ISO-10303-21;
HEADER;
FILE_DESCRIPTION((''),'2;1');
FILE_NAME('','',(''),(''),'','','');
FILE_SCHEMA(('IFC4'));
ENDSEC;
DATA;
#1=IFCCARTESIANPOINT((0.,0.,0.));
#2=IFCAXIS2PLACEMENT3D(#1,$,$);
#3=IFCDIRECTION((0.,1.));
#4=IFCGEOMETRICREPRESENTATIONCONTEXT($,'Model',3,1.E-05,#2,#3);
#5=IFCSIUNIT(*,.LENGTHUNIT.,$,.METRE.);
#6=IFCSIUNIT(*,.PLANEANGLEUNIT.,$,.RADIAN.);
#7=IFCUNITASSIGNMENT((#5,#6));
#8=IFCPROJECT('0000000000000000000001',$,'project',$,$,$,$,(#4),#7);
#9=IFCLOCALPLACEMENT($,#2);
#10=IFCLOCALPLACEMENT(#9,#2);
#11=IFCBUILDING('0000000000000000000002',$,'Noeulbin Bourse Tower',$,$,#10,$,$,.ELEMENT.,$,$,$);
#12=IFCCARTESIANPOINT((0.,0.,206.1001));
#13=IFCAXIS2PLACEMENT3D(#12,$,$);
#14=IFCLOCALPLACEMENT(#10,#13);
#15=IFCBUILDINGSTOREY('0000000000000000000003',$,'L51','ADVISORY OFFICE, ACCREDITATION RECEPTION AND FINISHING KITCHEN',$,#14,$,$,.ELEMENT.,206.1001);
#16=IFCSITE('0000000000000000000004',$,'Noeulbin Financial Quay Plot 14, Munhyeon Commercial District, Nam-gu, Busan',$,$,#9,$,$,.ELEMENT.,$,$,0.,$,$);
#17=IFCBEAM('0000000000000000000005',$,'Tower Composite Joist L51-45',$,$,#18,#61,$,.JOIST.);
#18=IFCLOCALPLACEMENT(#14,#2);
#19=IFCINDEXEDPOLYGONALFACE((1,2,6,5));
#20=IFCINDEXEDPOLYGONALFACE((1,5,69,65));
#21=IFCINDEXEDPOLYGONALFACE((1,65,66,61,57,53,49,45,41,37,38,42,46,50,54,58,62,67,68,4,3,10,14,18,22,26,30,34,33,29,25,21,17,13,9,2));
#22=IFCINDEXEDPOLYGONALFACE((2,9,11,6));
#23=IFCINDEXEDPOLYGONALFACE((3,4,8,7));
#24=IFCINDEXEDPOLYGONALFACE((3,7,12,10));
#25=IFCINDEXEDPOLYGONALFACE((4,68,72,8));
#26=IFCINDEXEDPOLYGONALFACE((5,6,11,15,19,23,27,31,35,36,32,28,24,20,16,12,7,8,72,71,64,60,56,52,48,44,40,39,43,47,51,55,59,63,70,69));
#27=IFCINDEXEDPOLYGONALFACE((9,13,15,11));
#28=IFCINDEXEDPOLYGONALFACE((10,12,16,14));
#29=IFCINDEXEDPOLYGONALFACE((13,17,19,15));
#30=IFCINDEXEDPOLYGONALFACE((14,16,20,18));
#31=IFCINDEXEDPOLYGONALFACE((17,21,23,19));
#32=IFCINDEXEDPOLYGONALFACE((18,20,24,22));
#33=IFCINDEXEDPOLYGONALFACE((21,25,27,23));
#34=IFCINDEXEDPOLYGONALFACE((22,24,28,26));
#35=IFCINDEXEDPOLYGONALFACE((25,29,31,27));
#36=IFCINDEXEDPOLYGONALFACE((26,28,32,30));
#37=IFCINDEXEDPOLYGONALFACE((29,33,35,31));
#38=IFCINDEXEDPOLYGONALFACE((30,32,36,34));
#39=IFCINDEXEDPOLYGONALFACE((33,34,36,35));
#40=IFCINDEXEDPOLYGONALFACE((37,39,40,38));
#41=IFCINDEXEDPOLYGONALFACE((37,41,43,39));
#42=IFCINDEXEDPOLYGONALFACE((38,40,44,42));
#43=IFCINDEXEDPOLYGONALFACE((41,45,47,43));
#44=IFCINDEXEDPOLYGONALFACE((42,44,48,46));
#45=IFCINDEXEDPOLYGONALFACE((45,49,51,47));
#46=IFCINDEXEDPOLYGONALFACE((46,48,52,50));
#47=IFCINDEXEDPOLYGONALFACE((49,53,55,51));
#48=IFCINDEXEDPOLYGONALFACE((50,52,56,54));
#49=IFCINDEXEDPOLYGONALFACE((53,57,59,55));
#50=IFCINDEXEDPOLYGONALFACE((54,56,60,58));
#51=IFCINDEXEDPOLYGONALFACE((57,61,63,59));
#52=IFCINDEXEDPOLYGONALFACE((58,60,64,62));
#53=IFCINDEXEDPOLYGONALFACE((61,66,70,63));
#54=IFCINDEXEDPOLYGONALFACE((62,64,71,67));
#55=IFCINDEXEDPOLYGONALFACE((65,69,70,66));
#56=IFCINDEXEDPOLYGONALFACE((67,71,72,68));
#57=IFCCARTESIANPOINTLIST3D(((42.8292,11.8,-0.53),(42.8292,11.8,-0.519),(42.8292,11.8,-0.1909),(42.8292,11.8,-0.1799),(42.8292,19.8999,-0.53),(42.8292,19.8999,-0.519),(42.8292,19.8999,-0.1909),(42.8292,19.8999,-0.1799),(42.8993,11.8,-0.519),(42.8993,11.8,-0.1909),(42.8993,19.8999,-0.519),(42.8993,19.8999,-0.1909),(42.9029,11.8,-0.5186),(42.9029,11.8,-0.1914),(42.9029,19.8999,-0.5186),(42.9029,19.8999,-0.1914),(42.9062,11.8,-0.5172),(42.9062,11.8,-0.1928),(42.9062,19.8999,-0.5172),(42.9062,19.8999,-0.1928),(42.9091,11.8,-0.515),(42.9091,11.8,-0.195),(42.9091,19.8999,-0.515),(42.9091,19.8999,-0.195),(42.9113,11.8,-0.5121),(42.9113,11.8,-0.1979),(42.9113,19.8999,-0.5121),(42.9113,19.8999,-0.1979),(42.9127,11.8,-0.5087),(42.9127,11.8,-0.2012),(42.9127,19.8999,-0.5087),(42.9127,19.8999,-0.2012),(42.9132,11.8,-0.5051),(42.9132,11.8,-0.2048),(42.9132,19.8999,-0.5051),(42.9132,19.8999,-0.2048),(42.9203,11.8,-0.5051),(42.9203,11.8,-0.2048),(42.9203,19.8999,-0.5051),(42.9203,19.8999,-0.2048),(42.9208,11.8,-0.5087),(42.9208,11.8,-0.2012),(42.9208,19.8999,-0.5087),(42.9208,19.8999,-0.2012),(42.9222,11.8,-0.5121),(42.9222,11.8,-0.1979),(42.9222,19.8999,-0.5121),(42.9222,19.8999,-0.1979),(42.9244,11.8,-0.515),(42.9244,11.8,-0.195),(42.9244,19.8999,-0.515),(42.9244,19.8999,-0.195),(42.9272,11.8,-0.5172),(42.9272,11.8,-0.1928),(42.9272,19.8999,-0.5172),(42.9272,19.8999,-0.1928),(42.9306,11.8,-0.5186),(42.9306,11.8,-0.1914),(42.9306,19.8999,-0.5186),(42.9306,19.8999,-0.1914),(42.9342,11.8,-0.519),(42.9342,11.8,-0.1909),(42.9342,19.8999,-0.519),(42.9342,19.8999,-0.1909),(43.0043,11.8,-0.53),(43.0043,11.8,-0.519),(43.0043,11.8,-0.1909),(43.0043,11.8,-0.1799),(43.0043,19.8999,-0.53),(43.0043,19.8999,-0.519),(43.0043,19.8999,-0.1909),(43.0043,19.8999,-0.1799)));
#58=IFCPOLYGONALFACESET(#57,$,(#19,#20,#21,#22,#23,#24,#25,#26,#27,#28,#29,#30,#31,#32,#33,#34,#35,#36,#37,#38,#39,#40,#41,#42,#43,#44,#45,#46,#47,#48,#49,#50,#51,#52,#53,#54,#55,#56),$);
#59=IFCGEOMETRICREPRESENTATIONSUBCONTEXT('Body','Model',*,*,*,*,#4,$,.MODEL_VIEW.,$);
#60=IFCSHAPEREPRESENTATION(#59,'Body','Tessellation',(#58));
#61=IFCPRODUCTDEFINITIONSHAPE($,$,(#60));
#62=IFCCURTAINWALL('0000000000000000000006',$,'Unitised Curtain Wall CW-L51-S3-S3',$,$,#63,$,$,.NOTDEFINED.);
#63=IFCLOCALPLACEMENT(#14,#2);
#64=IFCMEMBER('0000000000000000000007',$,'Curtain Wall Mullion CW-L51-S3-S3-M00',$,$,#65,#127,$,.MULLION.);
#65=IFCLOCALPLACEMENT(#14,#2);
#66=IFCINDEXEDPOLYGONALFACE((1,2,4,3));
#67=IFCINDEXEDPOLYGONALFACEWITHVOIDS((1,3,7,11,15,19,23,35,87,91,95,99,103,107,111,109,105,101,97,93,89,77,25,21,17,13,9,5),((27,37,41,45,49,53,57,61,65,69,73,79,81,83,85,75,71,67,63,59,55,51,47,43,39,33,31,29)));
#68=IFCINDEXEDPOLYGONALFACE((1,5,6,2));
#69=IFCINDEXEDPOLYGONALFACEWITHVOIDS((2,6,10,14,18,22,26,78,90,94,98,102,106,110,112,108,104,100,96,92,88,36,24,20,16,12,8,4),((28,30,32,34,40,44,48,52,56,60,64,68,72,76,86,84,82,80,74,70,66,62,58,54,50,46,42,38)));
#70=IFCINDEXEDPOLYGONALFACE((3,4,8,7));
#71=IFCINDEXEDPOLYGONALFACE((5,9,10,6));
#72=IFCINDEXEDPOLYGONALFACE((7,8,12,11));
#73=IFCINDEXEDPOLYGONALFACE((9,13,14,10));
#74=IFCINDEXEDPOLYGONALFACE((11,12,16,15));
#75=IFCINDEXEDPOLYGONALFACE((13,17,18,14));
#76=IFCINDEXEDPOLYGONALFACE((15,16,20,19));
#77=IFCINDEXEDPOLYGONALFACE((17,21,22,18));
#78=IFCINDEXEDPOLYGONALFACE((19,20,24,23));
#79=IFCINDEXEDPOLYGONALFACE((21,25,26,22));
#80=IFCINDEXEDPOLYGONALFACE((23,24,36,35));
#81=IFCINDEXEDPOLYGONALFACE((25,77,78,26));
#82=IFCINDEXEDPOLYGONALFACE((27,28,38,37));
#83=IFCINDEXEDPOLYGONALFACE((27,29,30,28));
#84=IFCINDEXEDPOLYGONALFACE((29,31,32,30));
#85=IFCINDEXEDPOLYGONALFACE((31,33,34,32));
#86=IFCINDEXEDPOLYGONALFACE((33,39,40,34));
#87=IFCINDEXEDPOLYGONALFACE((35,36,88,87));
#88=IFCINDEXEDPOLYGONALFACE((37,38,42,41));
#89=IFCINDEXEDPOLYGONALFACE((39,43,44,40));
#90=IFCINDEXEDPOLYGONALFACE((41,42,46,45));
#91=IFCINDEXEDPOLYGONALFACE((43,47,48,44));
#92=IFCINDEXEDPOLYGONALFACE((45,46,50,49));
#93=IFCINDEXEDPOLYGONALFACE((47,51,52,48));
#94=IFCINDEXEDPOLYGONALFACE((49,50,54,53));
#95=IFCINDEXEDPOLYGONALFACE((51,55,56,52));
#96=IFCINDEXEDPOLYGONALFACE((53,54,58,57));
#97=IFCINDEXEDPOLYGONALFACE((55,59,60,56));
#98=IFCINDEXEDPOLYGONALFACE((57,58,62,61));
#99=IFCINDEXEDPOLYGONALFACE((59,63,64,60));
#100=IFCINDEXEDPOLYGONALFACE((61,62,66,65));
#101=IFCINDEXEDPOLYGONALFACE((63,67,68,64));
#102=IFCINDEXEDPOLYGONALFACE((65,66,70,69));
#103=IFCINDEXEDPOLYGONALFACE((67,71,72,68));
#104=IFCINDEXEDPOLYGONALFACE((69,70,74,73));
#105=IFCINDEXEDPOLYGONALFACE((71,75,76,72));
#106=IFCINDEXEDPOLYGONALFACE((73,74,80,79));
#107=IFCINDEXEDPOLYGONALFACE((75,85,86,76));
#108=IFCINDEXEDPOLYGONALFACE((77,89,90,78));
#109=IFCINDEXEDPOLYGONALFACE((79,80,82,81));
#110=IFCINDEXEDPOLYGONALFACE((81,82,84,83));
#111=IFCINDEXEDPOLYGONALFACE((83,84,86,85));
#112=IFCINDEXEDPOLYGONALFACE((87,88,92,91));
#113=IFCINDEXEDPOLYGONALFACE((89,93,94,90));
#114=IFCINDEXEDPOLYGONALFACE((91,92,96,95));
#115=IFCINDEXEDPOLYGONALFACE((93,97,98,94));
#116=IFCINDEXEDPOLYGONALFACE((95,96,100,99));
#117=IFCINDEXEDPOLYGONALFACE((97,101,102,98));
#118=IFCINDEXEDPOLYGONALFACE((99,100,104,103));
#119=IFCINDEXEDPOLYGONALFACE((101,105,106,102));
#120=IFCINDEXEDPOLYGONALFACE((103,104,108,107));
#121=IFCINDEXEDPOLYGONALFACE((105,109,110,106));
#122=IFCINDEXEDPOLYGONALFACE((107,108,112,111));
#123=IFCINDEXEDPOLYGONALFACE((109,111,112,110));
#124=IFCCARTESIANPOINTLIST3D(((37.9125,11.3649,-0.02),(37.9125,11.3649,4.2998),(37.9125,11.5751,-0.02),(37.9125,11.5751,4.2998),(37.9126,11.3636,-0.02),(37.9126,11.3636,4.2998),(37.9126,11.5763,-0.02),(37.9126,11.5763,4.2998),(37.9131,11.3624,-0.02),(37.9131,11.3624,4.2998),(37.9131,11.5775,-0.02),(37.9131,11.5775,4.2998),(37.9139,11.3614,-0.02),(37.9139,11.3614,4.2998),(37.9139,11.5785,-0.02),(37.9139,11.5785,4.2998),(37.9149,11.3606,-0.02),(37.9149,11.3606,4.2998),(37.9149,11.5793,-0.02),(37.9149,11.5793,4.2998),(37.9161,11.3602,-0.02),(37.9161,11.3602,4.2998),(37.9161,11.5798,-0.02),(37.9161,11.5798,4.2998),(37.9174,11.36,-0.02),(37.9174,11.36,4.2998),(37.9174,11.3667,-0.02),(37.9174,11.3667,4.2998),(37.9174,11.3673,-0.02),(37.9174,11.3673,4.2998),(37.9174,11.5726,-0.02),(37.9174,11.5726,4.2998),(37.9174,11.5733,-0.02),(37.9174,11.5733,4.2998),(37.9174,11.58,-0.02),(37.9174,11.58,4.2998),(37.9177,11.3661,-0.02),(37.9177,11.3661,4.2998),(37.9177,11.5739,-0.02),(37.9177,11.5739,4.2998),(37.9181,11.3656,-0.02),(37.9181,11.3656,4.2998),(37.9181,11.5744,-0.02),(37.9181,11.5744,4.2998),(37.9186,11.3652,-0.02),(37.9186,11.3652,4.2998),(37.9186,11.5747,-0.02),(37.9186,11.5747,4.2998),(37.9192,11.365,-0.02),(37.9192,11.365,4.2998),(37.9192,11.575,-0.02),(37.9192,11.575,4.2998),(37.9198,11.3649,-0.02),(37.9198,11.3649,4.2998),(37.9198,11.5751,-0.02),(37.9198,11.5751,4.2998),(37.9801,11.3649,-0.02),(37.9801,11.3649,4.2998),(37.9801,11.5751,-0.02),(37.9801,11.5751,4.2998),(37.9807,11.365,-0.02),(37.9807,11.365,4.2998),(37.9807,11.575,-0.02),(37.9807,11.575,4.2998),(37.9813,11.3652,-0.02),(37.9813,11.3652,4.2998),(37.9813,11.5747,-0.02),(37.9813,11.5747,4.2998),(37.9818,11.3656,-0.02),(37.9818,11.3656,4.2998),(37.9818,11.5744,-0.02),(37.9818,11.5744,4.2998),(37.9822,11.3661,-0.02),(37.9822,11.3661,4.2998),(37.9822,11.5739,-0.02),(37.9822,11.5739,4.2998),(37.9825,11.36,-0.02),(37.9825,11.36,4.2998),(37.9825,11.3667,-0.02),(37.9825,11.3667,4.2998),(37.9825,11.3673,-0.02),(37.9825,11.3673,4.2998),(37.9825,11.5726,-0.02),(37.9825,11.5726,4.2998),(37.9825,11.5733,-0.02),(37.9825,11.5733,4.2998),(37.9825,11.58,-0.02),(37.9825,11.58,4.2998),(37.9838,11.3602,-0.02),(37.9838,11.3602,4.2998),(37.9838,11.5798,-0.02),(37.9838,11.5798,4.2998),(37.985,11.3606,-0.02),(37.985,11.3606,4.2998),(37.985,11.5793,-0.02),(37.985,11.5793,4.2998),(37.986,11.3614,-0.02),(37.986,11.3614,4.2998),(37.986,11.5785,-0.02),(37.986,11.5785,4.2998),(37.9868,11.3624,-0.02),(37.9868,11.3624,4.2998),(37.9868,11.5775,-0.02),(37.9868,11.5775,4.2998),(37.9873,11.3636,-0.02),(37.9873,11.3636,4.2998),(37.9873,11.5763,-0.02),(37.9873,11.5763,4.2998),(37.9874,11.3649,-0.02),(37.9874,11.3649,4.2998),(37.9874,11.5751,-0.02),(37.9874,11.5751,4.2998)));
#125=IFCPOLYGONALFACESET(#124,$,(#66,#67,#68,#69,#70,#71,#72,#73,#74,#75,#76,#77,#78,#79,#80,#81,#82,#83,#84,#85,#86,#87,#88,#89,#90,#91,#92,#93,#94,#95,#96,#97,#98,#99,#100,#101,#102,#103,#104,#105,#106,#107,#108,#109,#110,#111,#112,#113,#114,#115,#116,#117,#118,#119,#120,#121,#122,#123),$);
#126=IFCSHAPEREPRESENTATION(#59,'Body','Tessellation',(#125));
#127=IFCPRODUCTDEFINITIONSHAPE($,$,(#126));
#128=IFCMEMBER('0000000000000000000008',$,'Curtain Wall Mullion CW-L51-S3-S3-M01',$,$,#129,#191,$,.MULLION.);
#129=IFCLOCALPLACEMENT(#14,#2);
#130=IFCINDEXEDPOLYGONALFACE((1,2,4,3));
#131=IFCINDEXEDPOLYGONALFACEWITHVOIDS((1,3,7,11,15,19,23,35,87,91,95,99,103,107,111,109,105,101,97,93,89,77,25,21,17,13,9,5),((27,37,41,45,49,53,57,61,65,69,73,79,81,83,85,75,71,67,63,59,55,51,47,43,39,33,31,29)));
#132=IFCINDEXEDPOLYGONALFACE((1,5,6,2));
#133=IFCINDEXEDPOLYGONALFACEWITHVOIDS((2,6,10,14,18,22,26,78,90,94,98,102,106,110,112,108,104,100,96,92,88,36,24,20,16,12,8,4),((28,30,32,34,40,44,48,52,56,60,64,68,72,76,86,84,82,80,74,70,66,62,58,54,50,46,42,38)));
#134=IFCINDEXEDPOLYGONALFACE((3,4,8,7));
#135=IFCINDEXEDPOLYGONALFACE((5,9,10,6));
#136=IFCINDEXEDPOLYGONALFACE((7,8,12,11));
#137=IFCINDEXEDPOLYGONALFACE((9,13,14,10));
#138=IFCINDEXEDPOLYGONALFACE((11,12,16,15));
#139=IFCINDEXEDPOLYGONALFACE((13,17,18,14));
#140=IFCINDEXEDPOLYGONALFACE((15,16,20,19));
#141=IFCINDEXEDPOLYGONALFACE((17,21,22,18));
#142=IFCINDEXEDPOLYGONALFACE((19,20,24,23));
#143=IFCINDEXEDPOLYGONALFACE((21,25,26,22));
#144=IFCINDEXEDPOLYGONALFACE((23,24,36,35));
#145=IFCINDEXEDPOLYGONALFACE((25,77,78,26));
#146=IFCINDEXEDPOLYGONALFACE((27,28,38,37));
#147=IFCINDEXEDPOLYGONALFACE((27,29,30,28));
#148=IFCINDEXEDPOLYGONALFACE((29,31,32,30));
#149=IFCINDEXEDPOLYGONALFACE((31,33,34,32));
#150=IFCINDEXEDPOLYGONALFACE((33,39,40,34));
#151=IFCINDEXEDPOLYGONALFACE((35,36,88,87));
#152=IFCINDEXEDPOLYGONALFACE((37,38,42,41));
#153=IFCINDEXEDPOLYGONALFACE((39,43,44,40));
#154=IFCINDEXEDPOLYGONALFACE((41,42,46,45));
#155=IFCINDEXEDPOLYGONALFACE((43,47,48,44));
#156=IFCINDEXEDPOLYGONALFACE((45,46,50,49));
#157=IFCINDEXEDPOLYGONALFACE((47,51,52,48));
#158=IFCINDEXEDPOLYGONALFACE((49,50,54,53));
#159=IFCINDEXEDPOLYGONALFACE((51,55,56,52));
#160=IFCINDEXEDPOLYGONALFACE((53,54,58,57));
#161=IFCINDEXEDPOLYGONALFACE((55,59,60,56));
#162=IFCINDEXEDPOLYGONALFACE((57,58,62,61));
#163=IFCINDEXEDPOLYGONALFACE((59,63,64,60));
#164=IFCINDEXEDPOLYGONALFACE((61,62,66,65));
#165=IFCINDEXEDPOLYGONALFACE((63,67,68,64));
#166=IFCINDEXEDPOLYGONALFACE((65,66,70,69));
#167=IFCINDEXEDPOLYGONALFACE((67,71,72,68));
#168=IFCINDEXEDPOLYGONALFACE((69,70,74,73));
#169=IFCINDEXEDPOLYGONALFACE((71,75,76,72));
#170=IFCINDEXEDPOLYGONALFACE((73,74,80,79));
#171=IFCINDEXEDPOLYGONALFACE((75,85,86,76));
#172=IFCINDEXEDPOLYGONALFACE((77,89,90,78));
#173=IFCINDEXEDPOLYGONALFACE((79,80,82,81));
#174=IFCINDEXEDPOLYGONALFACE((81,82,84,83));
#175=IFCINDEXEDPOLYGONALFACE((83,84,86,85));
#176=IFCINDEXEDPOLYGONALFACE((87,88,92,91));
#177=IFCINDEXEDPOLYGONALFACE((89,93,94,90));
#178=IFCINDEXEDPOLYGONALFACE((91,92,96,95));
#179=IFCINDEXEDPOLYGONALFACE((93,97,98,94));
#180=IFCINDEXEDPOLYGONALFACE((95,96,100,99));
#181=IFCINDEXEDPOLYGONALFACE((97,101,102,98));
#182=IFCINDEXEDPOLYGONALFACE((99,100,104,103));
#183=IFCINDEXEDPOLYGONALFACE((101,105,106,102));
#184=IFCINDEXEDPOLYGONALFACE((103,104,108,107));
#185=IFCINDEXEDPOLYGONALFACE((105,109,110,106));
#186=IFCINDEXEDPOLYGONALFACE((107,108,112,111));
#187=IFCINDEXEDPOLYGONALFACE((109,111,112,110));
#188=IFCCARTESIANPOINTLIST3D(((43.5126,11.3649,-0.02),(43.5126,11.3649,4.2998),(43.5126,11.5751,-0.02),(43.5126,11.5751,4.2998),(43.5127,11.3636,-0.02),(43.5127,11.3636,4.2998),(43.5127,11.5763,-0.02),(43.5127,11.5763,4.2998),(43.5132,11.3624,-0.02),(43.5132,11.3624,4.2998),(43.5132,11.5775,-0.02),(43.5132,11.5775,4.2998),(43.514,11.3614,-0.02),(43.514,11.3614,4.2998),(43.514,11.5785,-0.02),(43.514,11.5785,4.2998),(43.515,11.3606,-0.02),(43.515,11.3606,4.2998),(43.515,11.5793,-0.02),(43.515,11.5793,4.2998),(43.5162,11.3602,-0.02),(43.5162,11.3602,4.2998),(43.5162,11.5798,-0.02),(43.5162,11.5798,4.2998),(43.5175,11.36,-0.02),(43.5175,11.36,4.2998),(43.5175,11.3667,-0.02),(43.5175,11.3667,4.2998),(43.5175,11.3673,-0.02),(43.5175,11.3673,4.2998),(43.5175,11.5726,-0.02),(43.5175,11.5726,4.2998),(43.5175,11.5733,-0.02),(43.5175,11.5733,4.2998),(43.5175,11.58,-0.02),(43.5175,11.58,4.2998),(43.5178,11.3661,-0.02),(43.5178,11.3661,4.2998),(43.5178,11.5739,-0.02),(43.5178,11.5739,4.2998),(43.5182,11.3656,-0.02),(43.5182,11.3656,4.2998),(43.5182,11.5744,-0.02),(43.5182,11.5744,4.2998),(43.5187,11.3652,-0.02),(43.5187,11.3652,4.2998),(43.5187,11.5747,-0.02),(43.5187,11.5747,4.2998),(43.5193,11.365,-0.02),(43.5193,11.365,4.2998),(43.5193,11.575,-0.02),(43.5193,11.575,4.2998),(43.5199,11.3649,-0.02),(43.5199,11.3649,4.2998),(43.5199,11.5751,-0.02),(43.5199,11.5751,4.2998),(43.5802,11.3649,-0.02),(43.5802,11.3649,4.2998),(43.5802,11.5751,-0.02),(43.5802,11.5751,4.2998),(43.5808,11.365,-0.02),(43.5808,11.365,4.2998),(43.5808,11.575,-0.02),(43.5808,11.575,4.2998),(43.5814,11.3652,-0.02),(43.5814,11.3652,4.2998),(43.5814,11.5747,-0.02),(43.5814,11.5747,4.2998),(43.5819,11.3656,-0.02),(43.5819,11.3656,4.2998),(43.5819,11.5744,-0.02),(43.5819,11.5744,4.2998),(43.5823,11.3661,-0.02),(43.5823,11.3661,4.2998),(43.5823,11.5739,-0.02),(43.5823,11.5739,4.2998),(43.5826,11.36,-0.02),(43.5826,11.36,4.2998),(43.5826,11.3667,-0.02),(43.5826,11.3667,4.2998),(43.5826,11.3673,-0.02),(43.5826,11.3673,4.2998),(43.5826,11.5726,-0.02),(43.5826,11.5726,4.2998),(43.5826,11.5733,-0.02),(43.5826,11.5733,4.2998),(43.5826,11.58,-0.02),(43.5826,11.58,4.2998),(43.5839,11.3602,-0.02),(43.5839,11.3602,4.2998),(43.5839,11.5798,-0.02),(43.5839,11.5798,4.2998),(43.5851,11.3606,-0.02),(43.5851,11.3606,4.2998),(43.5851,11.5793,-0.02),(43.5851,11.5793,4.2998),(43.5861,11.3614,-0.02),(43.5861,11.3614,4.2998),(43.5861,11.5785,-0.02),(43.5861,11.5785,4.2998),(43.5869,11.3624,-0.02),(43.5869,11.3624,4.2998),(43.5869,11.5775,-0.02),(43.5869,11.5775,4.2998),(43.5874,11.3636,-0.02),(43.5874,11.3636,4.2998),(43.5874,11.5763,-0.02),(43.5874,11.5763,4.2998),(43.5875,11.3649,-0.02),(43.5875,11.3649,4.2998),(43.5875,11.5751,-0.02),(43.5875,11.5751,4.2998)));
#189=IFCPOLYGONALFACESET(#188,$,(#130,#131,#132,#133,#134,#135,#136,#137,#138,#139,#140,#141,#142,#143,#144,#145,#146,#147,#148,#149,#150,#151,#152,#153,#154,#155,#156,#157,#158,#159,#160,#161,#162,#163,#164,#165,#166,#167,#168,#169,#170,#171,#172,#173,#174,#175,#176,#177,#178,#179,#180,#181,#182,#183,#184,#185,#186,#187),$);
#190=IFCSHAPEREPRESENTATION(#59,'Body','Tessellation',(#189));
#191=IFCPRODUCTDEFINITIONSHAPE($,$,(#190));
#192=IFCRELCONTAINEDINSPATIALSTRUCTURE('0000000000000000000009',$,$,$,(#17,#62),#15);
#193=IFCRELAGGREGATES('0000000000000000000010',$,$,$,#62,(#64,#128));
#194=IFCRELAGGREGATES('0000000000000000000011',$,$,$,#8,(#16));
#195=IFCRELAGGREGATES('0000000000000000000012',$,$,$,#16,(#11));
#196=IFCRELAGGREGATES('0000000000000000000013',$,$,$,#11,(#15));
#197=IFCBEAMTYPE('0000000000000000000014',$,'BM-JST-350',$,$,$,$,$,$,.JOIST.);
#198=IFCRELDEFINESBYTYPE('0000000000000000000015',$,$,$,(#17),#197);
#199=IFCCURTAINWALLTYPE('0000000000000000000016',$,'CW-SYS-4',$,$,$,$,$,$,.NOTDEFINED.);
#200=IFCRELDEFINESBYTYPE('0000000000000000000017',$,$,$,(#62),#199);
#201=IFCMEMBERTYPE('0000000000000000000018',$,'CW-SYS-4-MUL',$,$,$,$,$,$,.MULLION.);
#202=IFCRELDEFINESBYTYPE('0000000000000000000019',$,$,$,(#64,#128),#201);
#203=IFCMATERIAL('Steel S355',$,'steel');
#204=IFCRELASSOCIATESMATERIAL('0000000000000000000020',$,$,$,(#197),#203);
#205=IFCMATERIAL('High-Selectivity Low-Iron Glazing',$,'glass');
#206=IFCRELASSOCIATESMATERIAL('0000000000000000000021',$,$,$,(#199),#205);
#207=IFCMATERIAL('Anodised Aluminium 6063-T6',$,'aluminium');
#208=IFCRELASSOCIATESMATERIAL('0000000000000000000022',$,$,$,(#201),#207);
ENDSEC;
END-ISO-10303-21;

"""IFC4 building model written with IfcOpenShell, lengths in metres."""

from ifc_helpers import new_model, si_unit, direction, frame, origin, origin_2d, place, context, subcontext, project, spatial, hollow_rectangle, i_section, extrude, material, material_profile, profile_set, type_object, element, aggregate, save


model = new_model("IFC4")

# Units and contexts
model_context = context("Model", 3, precision=1e-05, world=origin(), true_north=direction((0.0, 1.0)))
body_context = subcontext(model_context, "Body", "Model", "MODEL_VIEW")
ifc_project = project(units=[si_unit("LENGTHUNIT", "METRE"), si_unit("PLANEANGLEUNIT", "RADIAN")], contexts=[model_context])

# Site, building, storey
site_placement = place(None, origin())
site = spatial("IfcSite", under=ifc_project, at=site_placement, Name="Noeulbin Financial Quay Plot 14, Munhyeon Commercial District, Nam-gu, Busan", CompositionType="ELEMENT", RefElevation=0.0)
building_placement = place(site_placement, origin())
building = spatial("IfcBuilding", under=site, at=building_placement, Name="Noeulbin Bourse Tower", CompositionType="ELEMENT")
storey_placement = place(building_placement, frame((0.0, 0.0, 206.1001)))
storey = spatial("IfcBuildingStorey", under=building, at=storey_placement, Name="L51", Description="ADVISORY OFFICE, ACCREDITATION RECEPTION AND FINISHING KITCHEN", CompositionType="ELEMENT", Elevation=206.1001)

# Shared definitions
ifc_material_1 = material(Name="Steel S355", Category="steel")

# Beam
ifc_material_profile_1 = material_profile(ifc_material_1, i_section(OverallWidth=0.175, OverallDepth=0.3501, WebThickness=0.0071, FlangeThickness=0.011, FilletRadius=0.0139, at=origin_2d()), Name="H-350x175x7x11", Category="LoadBearing")
ifc_profile_set_1 = profile_set([ifc_material_profile_1], Name="Steel S355")
beam_type_1 = type_object("IfcBeamType", Name="BM-JST-350", PredefinedType="JOIST", material=ifc_profile_set_1)
for number, where, z_axis, x_axis, name in (
    (1, (42.9167, 11.8, -0.355), (0.0, 1.0, 0.0), (-1.0, 0.0, 0.0), "Tower Composite Joist L51-45"),
):
    element("IfcBeam", number, at=place(storey_placement, frame(where, z_axis=z_axis, x_axis=x_axis)), inside=storey, type_object=beam_type_1, Name=name, PredefinedType="JOIST", context=body_context, shape_type="SweptSolid", body=[
        extrude(i_section(OverallWidth=0.175, OverallDepth=0.3501, WebThickness=0.0071, FlangeThickness=0.011, FilletRadius=0.0139, at=origin_2d()), origin(), (0.0, 0.0, 1.0), 8.0999),
    ])

# Curtain wall, members
ifc_material_2 = material(Name="High-Selectivity Low-Iron Glazing", Category="glass")
curtain_wall_type = type_object("IfcCurtainWallType", Name="CW-SYS-4", PredefinedType="NOTDEFINED", material=ifc_material_2)
curtain_wall_placement = place(storey_placement, origin())
curtain_wall = element("IfcCurtainWall", 2, at=curtain_wall_placement, inside=storey, type_object=curtain_wall_type, Name="Unitised Curtain Wall CW-L51-S3-S3", PredefinedType="NOTDEFINED")
ifc_material_3 = material(Name="Anodised Aluminium 6063-T6", Category="aluminium")
ifc_material_profile_2 = material_profile(ifc_material_3, hollow_rectangle(XDim=0.075, YDim=0.22, WallThickness=0.0049, InnerFilletRadius=0.0024, OuterFilletRadius=0.0049, at=origin_2d()), Name="ALU-MULL-75x220x5", Category="LoadBearing")
ifc_profile_set_2 = profile_set([ifc_material_profile_2], Name="Anodised Aluminium 6063-T6")
member_type_1 = type_object("IfcMemberType", Name="CW-SYS-4-MUL", PredefinedType="MULLION", material=ifc_profile_set_2)
member_1_placement = place(storey_placement, frame((37.95, 11.47, -0.02), z_axis=(0.0, 0.0, 1.0), x_axis=(1.0, 0.0, 0.0)))
member_1 = element("IfcMember", 3, at=member_1_placement, type_object=member_type_1, Name="Curtain Wall Mullion CW-L51-S3-S3-M00", PredefinedType="MULLION", context=body_context, shape_type="SweptSolid", body=[
    extrude(hollow_rectangle(XDim=0.075, YDim=0.22, WallThickness=0.0049, InnerFilletRadius=0.0024, OuterFilletRadius=0.0049, at=origin_2d()), origin(), (0.0, 0.0, 1.0), 4.3198),
])
member_2_placement = place(storey_placement, frame((43.55, 11.47, -0.02), z_axis=(0.0, 0.0, 1.0), x_axis=(1.0, 0.0, 0.0)))
member_2 = element("IfcMember", 4, at=member_2_placement, type_object=member_type_1, Name="Curtain Wall Mullion CW-L51-S3-S3-M01", PredefinedType="MULLION", context=body_context, shape_type="SweptSolid", body=[
    extrude(hollow_rectangle(XDim=0.075, YDim=0.22, WallThickness=0.0049, InnerFilletRadius=0.0024, OuterFilletRadius=0.0049, at=origin_2d()), origin(), (0.0, 0.0, 1.0), 4.3198),
])
aggregate(curtain_wall, [member_1, member_2])

save(model, "model.ifc")
